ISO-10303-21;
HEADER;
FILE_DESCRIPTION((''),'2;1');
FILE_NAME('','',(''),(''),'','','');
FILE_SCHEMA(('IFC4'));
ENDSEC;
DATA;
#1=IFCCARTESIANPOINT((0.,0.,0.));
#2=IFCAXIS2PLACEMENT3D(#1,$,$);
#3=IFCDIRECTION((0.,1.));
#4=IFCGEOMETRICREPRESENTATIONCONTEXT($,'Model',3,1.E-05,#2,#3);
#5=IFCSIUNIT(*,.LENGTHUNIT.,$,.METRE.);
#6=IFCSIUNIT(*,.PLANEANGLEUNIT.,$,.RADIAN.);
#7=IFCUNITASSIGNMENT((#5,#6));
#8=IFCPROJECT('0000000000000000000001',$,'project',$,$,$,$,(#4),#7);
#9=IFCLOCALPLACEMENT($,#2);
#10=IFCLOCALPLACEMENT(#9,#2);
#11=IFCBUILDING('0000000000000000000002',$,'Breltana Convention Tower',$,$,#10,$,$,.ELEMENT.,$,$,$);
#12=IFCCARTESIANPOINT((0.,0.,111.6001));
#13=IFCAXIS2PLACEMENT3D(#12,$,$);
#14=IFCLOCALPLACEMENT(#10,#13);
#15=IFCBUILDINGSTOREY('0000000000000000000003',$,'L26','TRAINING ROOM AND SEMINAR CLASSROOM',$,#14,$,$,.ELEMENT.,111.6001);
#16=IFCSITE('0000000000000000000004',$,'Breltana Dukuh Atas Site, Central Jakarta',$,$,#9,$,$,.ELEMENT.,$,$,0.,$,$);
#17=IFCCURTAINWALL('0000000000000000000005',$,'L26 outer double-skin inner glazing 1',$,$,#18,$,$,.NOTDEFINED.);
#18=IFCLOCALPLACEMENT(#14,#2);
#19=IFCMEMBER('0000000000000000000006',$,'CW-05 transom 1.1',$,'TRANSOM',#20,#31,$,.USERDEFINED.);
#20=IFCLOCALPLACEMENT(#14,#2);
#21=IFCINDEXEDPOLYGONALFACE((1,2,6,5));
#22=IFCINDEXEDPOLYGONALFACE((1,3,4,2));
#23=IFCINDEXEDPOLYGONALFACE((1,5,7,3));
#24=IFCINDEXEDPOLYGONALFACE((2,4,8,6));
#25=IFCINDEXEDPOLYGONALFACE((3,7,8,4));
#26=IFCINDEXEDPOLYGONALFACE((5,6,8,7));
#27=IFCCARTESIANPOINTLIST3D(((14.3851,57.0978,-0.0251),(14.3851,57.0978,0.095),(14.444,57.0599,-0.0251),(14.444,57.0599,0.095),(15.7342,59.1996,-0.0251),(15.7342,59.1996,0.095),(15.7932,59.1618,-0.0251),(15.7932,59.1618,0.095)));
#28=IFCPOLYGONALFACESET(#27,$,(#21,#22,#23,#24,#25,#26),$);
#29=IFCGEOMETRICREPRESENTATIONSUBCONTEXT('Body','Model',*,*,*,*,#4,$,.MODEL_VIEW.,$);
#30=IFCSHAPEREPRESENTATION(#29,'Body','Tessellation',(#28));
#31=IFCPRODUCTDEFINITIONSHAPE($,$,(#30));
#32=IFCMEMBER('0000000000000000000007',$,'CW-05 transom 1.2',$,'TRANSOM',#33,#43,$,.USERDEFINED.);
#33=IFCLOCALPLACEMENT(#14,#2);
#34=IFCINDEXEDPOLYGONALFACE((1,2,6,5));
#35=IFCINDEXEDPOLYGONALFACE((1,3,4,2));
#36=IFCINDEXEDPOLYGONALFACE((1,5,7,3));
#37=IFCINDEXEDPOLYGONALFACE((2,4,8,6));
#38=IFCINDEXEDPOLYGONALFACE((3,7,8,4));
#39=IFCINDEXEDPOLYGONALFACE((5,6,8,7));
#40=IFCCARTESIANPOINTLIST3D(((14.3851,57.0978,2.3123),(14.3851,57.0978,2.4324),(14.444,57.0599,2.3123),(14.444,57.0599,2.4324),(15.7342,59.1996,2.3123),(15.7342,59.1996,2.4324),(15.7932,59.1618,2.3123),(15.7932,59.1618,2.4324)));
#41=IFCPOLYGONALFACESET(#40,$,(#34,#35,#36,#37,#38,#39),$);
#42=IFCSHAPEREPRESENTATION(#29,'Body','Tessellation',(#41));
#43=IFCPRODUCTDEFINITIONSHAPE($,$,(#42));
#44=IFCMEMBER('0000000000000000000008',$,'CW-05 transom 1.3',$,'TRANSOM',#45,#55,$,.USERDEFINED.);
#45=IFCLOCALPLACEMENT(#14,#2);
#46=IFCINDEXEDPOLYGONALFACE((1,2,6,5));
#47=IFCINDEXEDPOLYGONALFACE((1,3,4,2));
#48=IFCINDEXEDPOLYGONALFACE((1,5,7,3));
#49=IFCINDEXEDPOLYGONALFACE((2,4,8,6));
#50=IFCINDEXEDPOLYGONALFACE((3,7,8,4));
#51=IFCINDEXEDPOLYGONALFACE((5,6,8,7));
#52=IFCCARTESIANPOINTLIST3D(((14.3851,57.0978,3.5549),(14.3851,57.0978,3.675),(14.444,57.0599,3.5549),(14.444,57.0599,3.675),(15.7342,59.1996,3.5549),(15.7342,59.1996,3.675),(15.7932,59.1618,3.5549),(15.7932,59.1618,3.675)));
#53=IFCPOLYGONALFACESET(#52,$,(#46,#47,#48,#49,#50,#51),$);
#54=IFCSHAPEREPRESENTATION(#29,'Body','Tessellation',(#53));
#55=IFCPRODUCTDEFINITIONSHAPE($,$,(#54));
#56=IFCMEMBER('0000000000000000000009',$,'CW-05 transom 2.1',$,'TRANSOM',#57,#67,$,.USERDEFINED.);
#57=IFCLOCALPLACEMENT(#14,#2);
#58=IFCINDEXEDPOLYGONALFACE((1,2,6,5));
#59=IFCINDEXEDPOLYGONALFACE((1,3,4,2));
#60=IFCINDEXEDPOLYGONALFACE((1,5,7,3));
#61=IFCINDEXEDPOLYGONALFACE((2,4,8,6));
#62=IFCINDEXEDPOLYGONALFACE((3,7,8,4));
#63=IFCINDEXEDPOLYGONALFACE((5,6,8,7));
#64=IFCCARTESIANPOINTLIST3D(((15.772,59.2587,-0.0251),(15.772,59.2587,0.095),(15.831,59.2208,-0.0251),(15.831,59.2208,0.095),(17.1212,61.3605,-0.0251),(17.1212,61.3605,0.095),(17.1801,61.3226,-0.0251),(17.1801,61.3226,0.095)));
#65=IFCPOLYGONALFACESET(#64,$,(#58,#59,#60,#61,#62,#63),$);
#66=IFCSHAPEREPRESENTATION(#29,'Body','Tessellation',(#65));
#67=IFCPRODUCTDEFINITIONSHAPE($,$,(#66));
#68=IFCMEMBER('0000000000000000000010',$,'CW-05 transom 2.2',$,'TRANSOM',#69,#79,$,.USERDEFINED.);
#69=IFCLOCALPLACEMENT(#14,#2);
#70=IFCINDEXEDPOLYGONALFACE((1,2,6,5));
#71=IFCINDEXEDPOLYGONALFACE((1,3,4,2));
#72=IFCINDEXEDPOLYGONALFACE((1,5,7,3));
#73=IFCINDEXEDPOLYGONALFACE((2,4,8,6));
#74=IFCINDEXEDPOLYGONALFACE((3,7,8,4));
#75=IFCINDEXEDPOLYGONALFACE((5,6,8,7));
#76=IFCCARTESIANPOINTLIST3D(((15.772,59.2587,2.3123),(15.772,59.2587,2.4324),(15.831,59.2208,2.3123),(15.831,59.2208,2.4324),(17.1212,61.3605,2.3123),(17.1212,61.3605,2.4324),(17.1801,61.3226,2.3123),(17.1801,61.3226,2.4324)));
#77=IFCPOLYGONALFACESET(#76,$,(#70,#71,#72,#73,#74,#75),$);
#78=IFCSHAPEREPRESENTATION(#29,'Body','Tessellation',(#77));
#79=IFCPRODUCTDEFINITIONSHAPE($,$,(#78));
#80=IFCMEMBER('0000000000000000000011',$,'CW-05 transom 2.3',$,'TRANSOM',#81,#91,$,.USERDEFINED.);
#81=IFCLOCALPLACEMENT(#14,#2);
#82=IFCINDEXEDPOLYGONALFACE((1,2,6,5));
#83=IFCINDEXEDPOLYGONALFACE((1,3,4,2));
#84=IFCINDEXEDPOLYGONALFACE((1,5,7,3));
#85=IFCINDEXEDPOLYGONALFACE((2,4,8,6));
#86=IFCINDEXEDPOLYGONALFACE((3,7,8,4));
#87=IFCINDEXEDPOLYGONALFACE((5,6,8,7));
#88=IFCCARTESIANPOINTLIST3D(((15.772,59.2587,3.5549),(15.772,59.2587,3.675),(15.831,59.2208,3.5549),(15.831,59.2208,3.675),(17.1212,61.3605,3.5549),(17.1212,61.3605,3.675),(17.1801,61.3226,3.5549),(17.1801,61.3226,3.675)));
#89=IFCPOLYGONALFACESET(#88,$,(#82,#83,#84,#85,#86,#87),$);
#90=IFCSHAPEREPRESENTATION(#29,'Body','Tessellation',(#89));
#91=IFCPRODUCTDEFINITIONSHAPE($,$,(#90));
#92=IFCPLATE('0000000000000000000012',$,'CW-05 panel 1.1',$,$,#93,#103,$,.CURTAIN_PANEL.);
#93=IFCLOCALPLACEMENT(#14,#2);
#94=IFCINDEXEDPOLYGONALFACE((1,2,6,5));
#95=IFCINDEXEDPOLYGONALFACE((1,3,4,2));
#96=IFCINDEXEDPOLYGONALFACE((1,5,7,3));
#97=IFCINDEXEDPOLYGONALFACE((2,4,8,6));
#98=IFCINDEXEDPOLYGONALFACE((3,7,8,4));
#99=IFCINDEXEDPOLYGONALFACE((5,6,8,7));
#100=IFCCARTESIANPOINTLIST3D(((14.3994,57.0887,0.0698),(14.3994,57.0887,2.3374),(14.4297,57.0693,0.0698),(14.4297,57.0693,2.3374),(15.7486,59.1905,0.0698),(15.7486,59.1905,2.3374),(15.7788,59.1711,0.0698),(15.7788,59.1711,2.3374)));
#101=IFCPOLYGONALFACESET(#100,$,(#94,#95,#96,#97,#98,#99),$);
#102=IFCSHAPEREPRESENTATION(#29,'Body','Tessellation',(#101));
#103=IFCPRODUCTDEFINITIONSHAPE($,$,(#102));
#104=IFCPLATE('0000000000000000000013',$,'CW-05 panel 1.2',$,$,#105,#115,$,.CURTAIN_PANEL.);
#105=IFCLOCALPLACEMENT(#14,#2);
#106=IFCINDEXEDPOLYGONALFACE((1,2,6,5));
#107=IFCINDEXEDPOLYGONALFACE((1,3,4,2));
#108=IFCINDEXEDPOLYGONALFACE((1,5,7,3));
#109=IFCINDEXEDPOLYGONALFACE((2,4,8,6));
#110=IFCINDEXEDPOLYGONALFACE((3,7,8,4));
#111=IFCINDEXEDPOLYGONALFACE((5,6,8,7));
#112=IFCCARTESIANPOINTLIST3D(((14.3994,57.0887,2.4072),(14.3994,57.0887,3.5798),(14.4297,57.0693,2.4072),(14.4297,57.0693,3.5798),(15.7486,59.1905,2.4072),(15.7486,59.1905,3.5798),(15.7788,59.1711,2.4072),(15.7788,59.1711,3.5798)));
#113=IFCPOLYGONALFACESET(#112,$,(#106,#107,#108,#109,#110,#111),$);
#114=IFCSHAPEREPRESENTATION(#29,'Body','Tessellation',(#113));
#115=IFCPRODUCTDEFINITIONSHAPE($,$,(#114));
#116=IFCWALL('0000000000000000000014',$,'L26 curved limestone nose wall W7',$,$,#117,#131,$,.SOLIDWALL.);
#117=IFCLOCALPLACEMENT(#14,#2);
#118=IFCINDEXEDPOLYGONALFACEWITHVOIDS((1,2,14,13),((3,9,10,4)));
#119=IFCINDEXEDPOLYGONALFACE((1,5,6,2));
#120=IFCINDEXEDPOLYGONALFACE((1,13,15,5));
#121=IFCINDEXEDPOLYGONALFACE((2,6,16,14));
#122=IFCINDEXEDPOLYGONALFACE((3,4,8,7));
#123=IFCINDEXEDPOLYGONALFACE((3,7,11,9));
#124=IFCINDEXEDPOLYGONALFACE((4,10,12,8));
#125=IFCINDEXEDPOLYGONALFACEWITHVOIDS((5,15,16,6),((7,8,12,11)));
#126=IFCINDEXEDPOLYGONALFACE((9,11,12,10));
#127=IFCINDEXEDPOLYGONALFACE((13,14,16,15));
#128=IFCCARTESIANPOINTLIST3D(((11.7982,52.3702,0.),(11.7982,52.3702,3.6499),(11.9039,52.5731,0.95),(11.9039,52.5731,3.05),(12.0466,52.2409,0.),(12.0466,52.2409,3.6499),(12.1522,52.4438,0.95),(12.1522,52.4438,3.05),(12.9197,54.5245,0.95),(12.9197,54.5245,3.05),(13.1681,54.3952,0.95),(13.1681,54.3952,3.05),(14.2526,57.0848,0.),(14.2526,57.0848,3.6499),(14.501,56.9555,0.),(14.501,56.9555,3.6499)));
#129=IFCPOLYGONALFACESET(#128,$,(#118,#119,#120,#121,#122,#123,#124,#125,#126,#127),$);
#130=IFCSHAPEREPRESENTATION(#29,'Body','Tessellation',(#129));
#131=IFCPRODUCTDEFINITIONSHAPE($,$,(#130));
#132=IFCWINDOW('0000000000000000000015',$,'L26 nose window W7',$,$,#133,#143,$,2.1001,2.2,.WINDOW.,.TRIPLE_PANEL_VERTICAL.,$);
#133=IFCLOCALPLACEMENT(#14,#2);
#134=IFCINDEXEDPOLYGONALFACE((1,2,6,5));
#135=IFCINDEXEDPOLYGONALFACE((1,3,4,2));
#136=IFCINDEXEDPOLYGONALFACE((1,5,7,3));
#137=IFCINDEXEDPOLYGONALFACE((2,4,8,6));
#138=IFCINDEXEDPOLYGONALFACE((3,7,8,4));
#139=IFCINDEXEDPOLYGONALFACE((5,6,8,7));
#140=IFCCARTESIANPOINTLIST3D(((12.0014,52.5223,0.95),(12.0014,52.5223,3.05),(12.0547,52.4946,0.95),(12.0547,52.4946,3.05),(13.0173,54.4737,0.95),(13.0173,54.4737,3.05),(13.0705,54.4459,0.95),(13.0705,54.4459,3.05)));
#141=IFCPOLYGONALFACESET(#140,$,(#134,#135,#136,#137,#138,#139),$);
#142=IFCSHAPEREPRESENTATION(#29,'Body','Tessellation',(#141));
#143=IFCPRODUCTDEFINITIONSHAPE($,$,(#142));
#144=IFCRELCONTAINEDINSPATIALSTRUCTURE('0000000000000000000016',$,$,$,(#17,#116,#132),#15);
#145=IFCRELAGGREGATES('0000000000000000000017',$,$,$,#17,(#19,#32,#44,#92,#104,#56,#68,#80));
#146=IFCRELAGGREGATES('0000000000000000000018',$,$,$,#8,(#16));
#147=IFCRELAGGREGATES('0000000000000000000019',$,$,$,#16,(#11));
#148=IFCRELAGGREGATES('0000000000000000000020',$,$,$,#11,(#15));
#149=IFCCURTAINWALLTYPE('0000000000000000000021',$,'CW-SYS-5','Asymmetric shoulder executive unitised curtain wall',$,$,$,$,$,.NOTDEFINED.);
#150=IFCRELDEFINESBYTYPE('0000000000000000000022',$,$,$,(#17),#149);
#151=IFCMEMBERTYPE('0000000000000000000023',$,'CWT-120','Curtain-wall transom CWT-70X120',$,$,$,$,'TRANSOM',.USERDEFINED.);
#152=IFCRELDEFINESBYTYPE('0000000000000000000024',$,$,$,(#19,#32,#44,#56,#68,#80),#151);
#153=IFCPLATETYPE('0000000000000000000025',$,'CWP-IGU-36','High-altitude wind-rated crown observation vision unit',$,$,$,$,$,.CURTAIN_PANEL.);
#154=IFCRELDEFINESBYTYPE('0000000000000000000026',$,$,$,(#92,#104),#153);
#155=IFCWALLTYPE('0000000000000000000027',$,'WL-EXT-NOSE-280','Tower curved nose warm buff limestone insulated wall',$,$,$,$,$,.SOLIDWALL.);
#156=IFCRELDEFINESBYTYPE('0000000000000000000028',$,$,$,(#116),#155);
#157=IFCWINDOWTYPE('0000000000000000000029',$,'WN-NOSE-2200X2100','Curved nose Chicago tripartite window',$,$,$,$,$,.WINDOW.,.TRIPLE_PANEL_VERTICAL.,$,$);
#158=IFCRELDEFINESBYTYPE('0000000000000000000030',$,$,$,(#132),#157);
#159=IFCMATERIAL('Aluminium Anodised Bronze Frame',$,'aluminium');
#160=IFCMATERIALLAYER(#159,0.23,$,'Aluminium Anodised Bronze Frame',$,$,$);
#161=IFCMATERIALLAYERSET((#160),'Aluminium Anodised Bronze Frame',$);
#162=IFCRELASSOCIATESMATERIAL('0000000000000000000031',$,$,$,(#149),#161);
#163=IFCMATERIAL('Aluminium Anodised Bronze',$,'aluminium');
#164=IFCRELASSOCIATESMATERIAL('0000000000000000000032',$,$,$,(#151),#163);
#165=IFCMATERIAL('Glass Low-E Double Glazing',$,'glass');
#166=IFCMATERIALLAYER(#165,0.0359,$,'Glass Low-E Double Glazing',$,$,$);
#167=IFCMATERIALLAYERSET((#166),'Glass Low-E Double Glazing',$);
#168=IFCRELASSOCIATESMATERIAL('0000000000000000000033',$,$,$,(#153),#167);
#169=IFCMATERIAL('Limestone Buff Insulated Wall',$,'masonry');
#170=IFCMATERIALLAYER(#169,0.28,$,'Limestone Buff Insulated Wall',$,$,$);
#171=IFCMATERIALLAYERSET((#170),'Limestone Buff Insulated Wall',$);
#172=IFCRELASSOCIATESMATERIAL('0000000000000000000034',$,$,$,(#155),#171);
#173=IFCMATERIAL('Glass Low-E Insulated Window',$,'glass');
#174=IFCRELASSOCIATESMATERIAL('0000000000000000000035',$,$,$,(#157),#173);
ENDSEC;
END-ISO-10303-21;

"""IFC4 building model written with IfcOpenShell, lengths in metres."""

from ifc_helpers import new_model, si_unit, direction, frame, frame_2d, origin, origin_2d, place, context, subcontext, project, spatial, rectangle, extrude, source, transform, mapped, material, layer, layer_set, material_profile, profile_set, type_object, type_shapes, element, fill, aggregate, save


model = new_model("IFC4")

# Units and contexts
model_context = context("Model", 3, precision=1e-05, world=origin(), true_north=direction((0.0, 1.0)))
body_context = subcontext(model_context, "Body", "Model", "MODEL_VIEW")
ifc_project = project(units=[si_unit("LENGTHUNIT", "METRE"), si_unit("PLANEANGLEUNIT", "RADIAN")], contexts=[model_context])

# Site, building, storey
site_placement = place(None, origin())
site = spatial("IfcSite", under=ifc_project, at=site_placement, Name="Breltana Dukuh Atas Site, Central Jakarta", CompositionType="ELEMENT", RefElevation=0.0)
building_placement = place(site_placement, origin())
building = spatial("IfcBuilding", under=site, at=building_placement, Name="Breltana Convention Tower", CompositionType="ELEMENT")
storey_placement = place(building_placement, frame((0.0, 0.0, 111.6001)))
storey = spatial("IfcBuildingStorey", under=building, at=storey_placement, Name="L26", Description="TRAINING ROOM AND SEMINAR CLASSROOM", CompositionType="ELEMENT", Elevation=111.6001)

# Curtain wall, members, plates
ifc_material_1 = material(Name="Aluminium Anodised Bronze Frame", Category="aluminium")
ifc_layer_1 = layer(ifc_material_1, 0.23, Name="Aluminium Anodised Bronze Frame")
ifc_layer_set_1 = layer_set([ifc_layer_1], Name="Aluminium Anodised Bronze Frame")
curtain_wall_type = type_object("IfcCurtainWallType", Name="CW-SYS-5", Description="Asymmetric shoulder executive unitised curtain wall", PredefinedType="NOTDEFINED", material=ifc_layer_set_1)
curtain_wall_placement = place(storey_placement, origin())
curtain_wall = element("IfcCurtainWall", 1, at=curtain_wall_placement, inside=storey, type_object=curtain_wall_type, Name="L26 outer double-skin inner glazing 1", PredefinedType="NOTDEFINED")
ifc_material_2 = material(Name="Aluminium Anodised Bronze", Category="aluminium")
ifc_material_profile_1 = material_profile(ifc_material_2, rectangle(XDim=0.0701, YDim=0.1201, at=origin_2d()), Name="CWT-70X120")
ifc_profile_set_1 = profile_set([ifc_material_profile_1], Name="Aluminium Anodised Bronze")
member_type_1 = type_object("IfcMemberType", Name="CWT-120", Description="Curtain-wall transom CWT-70X120", ElementType="TRANSOM", PredefinedType="USERDEFINED", material=ifc_profile_set_1)
shared_shape_1 = source(origin(), body_context, "Body", "SweptSolid", [
    extrude(rectangle(XDim=0.0701, YDim=0.1201, at=origin_2d()), origin(), (0.0, 0.0, 1.0), 2.4976),
])
member_1_placement = place(storey_placement, frame((14.4146, 57.0789, 0.0349), z_axis=(0.540179, 0.84155, 0.0), x_axis=(-0.84155, 0.540179, 0.0)))
member_1 = element("IfcMember", 2, at=member_1_placement, type_object=member_type_1, Name="CW-05 transom 1.1", ObjectType="TRANSOM", PredefinedType="USERDEFINED", context=body_context, shape_type="MappedRepresentation", body=[
    mapped(shared_shape_1, transform((0.0, 0.0, 0.0), scale=1.0)),
])
member_2_placement = place(storey_placement, frame((14.4146, 57.0789, 2.3723), z_axis=(0.540179, 0.84155, 0.0), x_axis=(-0.84155, 0.540179, 0.0)))
member_2 = element("IfcMember", 3, at=member_2_placement, type_object=member_type_1, Name="CW-05 transom 1.2", ObjectType="TRANSOM", PredefinedType="USERDEFINED", context=body_context, shape_type="MappedRepresentation", body=[
    mapped(shared_shape_1, transform((0.0, 0.0, 0.0), scale=1.0)),
])
member_3_placement = place(storey_placement, frame((14.4146, 57.0789, 3.615), z_axis=(0.540179, 0.84155, 0.0), x_axis=(-0.84155, 0.540179, 0.0)))
member_3 = element("IfcMember", 4, at=member_3_placement, type_object=member_type_1, Name="CW-05 transom 1.3", ObjectType="TRANSOM", PredefinedType="USERDEFINED", context=body_context, shape_type="MappedRepresentation", body=[
    mapped(shared_shape_1, transform((0.0, 0.0, 0.0), scale=1.0)),
])
member_4_placement = place(storey_placement, frame((15.8015, 59.2397, 0.0349), z_axis=(0.540179, 0.84155, 0.0), x_axis=(-0.84155, 0.540179, 0.0)))
member_4 = element("IfcMember", 5, at=member_4_placement, type_object=member_type_1, Name="CW-05 transom 2.1", ObjectType="TRANSOM", PredefinedType="USERDEFINED", context=body_context, shape_type="MappedRepresentation", body=[
    mapped(shared_shape_1, transform((0.0, 0.0, 0.0), scale=1.0)),
])
member_5_placement = place(storey_placement, frame((15.8015, 59.2397, 2.3723), z_axis=(0.540179, 0.84155, 0.0), x_axis=(-0.84155, 0.540179, 0.0)))
member_5 = element("IfcMember", 6, at=member_5_placement, type_object=member_type_1, Name="CW-05 transom 2.2", ObjectType="TRANSOM", PredefinedType="USERDEFINED", context=body_context, shape_type="MappedRepresentation", body=[
    mapped(shared_shape_1, transform((0.0, 0.0, 0.0), scale=1.0)),
])
member_6_placement = place(storey_placement, frame((15.8015, 59.2397, 3.615), z_axis=(0.540179, 0.84155, 0.0), x_axis=(-0.84155, 0.540179, 0.0)))
member_6 = element("IfcMember", 7, at=member_6_placement, type_object=member_type_1, Name="CW-05 transom 2.3", ObjectType="TRANSOM", PredefinedType="USERDEFINED", context=body_context, shape_type="MappedRepresentation", body=[
    mapped(shared_shape_1, transform((0.0, 0.0, 0.0), scale=1.0)),
])
ifc_material_3 = material(Name="Glass Low-E Double Glazing", Category="glass")
ifc_layer_2 = layer(ifc_material_3, 0.0359, Name="Glass Low-E Double Glazing")
ifc_layer_set_2 = layer_set([ifc_layer_2], Name="Glass Low-E Double Glazing")
plate_type = type_object("IfcPlateType", Name="CWP-IGU-36", Description="High-altitude wind-rated crown observation vision unit", PredefinedType="CURTAIN_PANEL", material=ifc_layer_set_2)
shared_shape_2 = source(origin(), body_context, "Body", "SweptSolid", [
    extrude(rectangle(XDim=2.4976, YDim=0.0359, at=origin_2d()), origin(), (0.0, 0.0, 1.0), 2.2676),
])
plate_1_placement = place(storey_placement, frame((15.0891, 58.1299, 0.0698), z_axis=(0.0, 0.0, 1.0), x_axis=(0.540177, 0.841552, 0.0)))
plate_1 = element("IfcPlate", 8, at=plate_1_placement, type_object=plate_type, Name="CW-05 panel 1.1", PredefinedType="CURTAIN_PANEL", context=body_context, shape_type="MappedRepresentation", body=[
    mapped(shared_shape_2, transform((0.0, 0.0, 0.0), scale=1.0)),
])
shared_shape_3 = source(origin(), body_context, "Body", "SweptSolid", [
    extrude(rectangle(XDim=2.4976, YDim=0.0359, at=origin_2d()), origin(), (0.0, 0.0, 1.0), 1.1726),
])
plate_2_placement = place(storey_placement, frame((15.0891, 58.1299, 2.4072), z_axis=(0.0, 0.0, 1.0), x_axis=(0.540177, 0.841552, 0.0)))
plate_2 = element("IfcPlate", 9, at=plate_2_placement, type_object=plate_type, Name="CW-05 panel 1.2", PredefinedType="CURTAIN_PANEL", context=body_context, shape_type="MappedRepresentation", body=[
    mapped(shared_shape_3, transform((0.0, 0.0, 0.0), scale=1.0)),
])
aggregate(curtain_wall, [member_1, member_2, member_3, plate_1, plate_2, member_4, member_5, member_6])

# Wall, opening, window
ifc_material_4 = material(Name="Limestone Buff Insulated Wall", Category="masonry")
ifc_layer_3 = layer(ifc_material_4, 0.28, Name="Limestone Buff Insulated Wall")
ifc_layer_set_3 = layer_set([ifc_layer_3], Name="Limestone Buff Insulated Wall")
wall_type = type_object("IfcWallType", Name="WL-EXT-NOSE-280", Description="Tower curved nose warm buff limestone insulated wall", PredefinedType="SOLIDWALL", material=ifc_layer_set_3)
shared_shape_4 = source(origin(), body_context, "Body", "SweptSolid", [
    extrude(rectangle(XDim=5.3152, YDim=0.28, at=frame_2d((2.6577, 0.0))), origin(), (0.0, 0.0, 1.0), 3.6499),
])
wall_placement = place(storey_placement, frame((11.9224, 52.3054, 0.0), z_axis=(0.0, 0.0, 1.0), x_axis=(0.461761, 0.887005, 0.0)))
wall = element("IfcWall", 10, at=wall_placement, inside=storey, type_object=wall_type, Name="L26 curved limestone nose wall W7", PredefinedType="SOLIDWALL", context=body_context, shape_type="MappedRepresentation", body=[
    mapped(shared_shape_4, transform((0.0, 0.0, 0.0), scale=1.0)),
])
opening_placement = place(wall_placement, frame((0.2288, 0.0, 0.95)))
opening = element("IfcOpeningElement", 11, at=opening_placement, cuts=wall, PredefinedType="OPENING", context=body_context, shape_type="SweptSolid", body=[
    extrude(rectangle(XDim=2.2, YDim=2.1001, at=frame_2d((1.1001, 1.05))), frame((0.0, 0.1499, 0.0), z_axis=(0.0, -1.0, 0.0), x_axis=(1.0, 0.0, 0.0)), (0.0, 0.0, 1.0), 0.3),
])
ifc_material_5 = material(Name="Glass Low-E Insulated Window", Category="glass")
window_type = type_object("IfcWindowType", Name="WN-NOSE-2200X2100", Description="Curved nose Chicago tripartite window", PartitioningType="TRIPLE_PANEL_VERTICAL", PredefinedType="WINDOW", material=ifc_material_5)
shared_shape_5 = source(origin(), body_context, "Body", "SweptSolid", [
    extrude(rectangle(XDim=2.2, YDim=2.1001, at=frame_2d((1.1001, 1.05))), frame((0.0, 0.03, 0.0), z_axis=(0.0, -1.0, 0.0), x_axis=(1.0, 0.0, 0.0)), (0.0, 0.0, 1.0), 0.0601),
])
type_shapes(window_type, [shared_shape_5])
window_placement = place(opening_placement, origin())
window = element("IfcWindow", 12, at=window_placement, inside=storey, type_object=window_type, Name="L26 nose window W7", OverallHeight=2.1001, OverallWidth=2.2, PartitioningType="TRIPLE_PANEL_VERTICAL", PredefinedType="WINDOW", context=body_context, shape_type="MappedRepresentation", body=[
    mapped(shared_shape_5, transform((0.0, 0.0, 0.0), scale=1.0)),
])
fill(opening, window)

save(model, "model.ifc")
